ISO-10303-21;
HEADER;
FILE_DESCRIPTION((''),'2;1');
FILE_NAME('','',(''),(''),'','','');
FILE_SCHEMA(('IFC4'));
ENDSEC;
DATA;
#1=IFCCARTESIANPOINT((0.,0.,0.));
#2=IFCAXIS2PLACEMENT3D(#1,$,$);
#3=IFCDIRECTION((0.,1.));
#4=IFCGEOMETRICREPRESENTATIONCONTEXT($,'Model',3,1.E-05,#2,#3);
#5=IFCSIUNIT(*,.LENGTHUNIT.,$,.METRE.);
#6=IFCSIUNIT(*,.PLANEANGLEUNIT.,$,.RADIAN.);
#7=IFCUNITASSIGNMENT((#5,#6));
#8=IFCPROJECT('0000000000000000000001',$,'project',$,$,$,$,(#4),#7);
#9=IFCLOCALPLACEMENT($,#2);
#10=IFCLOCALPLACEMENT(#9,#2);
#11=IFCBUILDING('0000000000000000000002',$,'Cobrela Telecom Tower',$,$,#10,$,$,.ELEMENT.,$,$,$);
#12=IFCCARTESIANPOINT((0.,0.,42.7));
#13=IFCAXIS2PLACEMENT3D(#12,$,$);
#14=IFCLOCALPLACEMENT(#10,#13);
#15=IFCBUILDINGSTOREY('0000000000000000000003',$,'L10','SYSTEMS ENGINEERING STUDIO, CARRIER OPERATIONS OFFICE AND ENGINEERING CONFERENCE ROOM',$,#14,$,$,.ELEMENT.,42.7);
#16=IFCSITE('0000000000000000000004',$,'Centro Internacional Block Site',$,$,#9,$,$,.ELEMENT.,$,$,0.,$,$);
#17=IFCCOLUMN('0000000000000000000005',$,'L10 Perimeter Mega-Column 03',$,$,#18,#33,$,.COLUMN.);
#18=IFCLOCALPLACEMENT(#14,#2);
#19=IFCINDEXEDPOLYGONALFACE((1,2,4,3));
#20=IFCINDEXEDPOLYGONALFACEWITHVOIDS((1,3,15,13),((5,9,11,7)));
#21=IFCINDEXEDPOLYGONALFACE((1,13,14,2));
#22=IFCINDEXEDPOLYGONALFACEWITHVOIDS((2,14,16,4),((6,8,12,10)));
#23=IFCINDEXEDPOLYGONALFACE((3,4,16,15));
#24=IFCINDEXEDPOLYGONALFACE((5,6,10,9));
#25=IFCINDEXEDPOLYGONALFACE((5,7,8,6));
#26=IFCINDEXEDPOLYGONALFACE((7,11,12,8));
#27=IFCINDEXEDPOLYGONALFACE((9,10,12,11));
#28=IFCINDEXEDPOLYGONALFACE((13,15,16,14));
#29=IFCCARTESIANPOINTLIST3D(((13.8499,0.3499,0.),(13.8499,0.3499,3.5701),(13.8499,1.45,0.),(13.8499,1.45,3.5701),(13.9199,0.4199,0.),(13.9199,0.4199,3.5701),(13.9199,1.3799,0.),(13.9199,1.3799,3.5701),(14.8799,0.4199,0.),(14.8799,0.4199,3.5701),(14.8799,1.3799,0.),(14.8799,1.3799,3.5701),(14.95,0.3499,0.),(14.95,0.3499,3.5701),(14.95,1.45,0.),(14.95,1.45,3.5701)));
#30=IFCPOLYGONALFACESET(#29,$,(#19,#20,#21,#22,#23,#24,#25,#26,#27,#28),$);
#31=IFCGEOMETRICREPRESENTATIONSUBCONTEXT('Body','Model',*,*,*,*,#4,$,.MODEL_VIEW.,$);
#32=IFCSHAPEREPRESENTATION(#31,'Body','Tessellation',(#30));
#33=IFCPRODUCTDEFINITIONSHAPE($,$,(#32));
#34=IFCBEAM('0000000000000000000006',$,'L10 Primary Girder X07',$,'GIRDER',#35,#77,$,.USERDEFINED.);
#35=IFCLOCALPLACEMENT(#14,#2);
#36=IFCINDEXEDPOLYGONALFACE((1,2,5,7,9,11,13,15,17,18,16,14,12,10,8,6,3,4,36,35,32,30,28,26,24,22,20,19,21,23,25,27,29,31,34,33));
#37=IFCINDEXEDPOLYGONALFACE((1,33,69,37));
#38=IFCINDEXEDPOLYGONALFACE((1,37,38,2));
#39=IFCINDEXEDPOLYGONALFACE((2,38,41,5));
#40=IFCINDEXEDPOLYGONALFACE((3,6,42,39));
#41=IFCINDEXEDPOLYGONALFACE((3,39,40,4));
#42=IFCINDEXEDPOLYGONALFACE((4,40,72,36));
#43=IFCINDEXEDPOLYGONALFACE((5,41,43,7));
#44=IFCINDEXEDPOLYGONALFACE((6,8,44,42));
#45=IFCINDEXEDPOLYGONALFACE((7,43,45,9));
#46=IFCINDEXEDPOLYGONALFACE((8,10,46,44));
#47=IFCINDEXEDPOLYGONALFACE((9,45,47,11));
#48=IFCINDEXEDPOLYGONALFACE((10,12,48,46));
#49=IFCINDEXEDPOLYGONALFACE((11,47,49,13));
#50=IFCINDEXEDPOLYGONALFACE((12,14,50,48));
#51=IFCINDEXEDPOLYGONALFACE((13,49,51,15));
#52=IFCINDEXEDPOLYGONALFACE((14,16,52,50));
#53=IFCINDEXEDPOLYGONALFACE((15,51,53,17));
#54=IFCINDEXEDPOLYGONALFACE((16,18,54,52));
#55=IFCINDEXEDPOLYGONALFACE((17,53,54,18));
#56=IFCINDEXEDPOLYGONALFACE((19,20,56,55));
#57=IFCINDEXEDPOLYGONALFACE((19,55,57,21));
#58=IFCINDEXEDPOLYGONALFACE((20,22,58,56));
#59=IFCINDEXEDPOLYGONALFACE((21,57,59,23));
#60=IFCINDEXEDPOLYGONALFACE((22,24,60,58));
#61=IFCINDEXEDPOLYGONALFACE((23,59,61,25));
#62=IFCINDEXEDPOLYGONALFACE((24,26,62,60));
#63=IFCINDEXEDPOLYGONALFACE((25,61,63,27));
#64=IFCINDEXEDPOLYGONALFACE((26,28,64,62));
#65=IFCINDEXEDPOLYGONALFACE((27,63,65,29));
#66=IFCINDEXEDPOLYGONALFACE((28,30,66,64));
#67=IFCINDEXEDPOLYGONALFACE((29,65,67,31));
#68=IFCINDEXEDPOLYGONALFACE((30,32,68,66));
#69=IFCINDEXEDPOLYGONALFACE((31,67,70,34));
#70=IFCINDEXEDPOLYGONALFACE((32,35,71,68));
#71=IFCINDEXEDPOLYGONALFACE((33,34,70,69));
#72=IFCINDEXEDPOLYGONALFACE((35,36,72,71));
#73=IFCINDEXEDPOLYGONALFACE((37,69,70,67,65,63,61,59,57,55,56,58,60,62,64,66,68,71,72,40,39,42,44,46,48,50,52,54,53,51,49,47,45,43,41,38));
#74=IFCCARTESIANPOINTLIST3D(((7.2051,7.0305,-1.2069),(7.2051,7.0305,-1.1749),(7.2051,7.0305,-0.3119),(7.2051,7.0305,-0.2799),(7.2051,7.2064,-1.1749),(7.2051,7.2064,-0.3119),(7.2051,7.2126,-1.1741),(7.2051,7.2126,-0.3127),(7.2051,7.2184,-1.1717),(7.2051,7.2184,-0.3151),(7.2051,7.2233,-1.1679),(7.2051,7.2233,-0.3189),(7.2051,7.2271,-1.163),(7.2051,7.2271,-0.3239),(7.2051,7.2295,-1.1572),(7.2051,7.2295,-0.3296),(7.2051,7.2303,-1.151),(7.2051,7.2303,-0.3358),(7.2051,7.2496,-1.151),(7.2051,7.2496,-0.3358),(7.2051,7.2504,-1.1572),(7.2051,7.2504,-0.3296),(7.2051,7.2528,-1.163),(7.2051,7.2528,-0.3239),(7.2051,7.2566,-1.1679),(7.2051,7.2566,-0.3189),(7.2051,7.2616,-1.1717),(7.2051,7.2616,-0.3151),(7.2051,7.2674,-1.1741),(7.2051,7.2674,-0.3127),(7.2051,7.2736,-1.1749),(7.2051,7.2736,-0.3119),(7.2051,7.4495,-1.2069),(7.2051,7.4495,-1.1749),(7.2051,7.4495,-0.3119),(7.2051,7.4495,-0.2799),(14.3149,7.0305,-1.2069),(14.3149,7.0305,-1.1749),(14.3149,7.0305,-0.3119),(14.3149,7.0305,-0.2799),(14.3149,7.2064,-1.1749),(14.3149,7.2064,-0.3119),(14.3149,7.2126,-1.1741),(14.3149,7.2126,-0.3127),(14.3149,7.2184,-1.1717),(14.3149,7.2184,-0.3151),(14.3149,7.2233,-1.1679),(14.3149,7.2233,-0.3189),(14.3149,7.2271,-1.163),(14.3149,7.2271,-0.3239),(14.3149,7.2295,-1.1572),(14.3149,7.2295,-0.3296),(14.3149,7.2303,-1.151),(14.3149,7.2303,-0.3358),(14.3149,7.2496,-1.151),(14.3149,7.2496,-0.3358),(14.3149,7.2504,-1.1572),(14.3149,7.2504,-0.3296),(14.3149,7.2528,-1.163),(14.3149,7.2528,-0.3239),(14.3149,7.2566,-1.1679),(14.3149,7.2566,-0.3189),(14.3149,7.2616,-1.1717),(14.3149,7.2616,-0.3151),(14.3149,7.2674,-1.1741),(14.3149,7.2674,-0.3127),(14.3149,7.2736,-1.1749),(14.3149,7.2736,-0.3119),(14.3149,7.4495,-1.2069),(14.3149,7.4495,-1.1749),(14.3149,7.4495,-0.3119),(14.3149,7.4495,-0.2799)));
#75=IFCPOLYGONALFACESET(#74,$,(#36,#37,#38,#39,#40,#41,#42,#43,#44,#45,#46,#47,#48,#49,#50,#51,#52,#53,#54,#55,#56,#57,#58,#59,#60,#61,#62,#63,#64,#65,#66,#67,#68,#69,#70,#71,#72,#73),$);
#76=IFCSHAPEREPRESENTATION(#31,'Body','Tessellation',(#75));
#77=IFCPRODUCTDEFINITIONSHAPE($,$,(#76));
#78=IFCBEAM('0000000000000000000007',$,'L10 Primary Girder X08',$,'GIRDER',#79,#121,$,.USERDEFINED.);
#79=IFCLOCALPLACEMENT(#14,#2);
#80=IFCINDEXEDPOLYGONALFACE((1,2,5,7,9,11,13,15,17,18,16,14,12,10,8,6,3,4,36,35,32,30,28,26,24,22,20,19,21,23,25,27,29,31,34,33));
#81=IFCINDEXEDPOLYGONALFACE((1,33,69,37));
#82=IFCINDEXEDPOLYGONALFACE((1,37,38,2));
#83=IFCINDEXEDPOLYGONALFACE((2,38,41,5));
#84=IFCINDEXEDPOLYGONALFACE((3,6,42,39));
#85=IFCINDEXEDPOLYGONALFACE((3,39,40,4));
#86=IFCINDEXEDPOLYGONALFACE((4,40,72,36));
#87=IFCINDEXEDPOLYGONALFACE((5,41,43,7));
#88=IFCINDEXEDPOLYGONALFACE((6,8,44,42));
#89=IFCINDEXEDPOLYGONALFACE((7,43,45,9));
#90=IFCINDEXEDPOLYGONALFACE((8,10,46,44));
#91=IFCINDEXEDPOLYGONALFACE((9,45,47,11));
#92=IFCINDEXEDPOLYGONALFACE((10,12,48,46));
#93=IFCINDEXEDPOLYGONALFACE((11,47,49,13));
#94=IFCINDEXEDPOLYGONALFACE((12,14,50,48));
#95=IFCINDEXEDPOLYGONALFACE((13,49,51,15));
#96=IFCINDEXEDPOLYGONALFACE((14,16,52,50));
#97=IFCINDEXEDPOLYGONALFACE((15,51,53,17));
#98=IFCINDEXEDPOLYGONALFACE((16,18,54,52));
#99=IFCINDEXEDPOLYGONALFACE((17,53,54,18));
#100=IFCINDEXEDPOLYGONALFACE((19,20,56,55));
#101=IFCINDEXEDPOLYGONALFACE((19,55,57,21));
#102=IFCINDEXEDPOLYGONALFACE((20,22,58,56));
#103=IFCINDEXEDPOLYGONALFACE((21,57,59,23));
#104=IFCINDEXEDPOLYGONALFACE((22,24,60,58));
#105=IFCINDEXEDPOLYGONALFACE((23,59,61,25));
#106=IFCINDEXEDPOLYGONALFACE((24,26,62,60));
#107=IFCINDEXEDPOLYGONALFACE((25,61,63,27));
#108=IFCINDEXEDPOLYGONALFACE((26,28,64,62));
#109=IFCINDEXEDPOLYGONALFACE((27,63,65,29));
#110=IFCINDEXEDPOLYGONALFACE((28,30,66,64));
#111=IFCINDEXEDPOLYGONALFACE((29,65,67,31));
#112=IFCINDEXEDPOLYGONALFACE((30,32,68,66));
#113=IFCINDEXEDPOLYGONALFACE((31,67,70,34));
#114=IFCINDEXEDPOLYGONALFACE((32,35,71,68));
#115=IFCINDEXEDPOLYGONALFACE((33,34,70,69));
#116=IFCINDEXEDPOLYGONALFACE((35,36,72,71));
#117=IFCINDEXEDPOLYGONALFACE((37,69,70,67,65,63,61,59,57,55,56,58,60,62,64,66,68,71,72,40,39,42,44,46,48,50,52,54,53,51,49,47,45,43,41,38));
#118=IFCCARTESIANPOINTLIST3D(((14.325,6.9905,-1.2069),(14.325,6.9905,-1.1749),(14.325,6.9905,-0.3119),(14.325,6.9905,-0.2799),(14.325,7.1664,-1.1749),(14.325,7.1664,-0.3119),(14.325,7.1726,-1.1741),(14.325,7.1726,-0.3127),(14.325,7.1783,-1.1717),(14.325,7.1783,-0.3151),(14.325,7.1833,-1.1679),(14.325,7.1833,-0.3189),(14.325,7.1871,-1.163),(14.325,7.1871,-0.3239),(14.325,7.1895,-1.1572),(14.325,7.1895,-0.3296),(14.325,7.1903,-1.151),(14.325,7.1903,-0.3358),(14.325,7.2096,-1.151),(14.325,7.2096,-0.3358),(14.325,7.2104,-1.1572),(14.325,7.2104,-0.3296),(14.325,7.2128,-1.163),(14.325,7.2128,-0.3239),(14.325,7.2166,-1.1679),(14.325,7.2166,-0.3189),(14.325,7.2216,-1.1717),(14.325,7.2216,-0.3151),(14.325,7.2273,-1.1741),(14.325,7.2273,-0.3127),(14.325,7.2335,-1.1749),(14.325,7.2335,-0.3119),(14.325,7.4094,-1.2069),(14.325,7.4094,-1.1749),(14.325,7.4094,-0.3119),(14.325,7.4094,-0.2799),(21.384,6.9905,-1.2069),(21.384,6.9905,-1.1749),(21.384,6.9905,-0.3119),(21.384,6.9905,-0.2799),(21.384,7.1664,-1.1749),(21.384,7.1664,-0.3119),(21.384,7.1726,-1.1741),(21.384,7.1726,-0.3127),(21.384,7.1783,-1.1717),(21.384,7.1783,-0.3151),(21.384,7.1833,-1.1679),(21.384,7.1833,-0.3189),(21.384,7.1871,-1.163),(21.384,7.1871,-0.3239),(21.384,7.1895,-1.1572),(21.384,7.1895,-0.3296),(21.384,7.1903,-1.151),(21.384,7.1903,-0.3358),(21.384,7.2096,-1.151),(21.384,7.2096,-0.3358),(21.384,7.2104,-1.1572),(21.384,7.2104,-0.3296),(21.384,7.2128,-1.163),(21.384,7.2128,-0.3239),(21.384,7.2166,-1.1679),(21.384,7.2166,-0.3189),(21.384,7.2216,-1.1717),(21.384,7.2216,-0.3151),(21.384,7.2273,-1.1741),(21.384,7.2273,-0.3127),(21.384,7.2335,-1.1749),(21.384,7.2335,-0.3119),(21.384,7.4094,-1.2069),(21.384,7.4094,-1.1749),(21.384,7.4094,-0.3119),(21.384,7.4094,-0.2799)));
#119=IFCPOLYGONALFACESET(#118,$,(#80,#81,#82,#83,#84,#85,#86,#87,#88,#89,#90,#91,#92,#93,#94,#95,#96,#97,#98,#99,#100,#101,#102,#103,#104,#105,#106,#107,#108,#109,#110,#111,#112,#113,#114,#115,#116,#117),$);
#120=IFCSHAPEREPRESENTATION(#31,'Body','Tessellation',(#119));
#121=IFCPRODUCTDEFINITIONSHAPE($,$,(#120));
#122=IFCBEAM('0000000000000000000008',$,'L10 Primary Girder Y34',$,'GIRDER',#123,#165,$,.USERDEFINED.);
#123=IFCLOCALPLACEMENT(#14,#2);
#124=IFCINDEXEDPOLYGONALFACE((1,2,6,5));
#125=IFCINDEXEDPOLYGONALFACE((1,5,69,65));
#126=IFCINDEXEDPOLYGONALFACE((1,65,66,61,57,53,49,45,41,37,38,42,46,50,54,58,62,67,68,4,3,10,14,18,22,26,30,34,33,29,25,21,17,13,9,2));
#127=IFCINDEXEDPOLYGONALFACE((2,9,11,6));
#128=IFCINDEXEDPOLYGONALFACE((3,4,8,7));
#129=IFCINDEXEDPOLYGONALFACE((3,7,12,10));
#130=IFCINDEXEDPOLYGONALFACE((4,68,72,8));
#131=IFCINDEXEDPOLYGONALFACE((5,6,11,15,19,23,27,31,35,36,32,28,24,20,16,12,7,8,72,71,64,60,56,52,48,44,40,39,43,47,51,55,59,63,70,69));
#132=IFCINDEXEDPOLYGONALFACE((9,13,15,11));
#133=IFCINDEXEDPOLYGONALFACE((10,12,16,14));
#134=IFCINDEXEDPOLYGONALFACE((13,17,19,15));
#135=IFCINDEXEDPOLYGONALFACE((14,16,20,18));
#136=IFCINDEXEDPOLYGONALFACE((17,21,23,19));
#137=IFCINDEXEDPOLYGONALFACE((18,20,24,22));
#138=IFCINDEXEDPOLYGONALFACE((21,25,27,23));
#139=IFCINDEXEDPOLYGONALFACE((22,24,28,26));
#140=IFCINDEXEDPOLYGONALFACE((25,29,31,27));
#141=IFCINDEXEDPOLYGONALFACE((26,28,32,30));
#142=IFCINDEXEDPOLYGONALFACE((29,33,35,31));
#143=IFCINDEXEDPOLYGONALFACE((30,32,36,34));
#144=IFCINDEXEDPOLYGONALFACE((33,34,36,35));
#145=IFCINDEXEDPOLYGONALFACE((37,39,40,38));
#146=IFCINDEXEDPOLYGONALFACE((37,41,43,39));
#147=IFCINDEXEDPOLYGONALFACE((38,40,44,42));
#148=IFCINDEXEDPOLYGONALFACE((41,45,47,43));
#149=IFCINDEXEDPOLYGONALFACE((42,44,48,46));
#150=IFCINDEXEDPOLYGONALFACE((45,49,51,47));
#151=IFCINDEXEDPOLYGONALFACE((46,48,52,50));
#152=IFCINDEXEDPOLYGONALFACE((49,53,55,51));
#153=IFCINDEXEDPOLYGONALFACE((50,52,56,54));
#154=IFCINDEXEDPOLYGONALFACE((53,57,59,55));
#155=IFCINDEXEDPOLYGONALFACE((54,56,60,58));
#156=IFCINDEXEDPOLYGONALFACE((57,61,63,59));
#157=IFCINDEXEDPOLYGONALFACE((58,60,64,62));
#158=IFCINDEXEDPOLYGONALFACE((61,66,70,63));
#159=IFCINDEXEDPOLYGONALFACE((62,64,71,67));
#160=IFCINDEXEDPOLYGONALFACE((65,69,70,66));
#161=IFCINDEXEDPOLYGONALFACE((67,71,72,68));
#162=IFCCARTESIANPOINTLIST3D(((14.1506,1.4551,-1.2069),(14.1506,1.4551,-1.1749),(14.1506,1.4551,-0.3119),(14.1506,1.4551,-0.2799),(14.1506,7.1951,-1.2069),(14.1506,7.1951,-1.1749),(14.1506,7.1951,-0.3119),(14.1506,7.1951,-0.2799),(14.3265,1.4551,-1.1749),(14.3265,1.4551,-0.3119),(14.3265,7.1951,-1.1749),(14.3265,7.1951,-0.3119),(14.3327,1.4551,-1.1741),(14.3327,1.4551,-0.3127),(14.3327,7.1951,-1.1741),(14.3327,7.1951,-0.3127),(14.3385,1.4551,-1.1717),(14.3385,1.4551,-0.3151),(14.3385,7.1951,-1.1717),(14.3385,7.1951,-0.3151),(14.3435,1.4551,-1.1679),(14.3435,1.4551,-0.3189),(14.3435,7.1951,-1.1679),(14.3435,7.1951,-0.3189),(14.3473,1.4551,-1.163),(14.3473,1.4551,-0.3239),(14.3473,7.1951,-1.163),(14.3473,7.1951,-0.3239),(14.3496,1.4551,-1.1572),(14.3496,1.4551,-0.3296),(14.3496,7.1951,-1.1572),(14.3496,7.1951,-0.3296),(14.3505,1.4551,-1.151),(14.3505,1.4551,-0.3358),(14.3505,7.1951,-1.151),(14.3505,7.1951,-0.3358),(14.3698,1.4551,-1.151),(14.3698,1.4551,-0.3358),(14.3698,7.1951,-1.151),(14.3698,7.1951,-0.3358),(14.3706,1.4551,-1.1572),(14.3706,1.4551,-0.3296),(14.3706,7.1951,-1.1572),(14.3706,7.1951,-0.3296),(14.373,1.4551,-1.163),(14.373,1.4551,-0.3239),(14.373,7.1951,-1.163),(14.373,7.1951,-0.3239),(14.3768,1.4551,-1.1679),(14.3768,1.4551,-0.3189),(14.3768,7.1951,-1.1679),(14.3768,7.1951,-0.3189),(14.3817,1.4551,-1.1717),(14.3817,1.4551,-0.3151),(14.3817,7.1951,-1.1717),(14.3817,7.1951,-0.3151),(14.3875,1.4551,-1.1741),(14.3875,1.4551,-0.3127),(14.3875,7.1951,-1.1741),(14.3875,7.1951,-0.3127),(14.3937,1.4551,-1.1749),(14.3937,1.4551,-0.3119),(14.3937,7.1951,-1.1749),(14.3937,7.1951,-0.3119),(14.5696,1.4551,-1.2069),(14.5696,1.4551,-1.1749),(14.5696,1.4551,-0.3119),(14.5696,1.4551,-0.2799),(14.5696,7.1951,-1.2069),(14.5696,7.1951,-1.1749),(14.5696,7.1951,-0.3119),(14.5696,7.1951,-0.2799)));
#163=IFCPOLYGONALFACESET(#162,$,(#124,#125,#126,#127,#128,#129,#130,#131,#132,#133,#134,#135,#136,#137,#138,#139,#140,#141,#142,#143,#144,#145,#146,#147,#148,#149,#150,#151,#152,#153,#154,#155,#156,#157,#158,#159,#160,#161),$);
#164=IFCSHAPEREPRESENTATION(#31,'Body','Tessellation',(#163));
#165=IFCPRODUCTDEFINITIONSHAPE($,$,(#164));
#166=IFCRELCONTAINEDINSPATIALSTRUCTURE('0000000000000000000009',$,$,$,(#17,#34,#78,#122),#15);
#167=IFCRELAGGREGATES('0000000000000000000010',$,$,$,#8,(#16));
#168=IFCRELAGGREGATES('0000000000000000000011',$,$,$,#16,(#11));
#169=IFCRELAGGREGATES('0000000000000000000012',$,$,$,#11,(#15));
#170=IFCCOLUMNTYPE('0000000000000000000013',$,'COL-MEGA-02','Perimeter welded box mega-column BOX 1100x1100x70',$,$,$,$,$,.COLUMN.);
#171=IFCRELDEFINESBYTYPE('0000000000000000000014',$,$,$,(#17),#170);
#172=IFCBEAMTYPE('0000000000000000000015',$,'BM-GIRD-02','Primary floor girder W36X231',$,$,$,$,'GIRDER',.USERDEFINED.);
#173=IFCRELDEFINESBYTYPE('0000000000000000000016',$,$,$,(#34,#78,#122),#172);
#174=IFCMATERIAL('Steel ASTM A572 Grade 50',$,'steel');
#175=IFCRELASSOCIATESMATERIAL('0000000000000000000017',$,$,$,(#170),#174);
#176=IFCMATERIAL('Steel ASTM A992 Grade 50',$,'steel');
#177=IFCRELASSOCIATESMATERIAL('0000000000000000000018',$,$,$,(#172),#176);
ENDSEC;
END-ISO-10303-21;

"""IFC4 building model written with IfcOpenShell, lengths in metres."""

from ifc_helpers import new_model, si_unit, direction, frame, origin, origin_2d, place, context, subcontext, project, spatial, hollow_rectangle, i_section, extrude, material, material_profile, profile_set, type_object, element, save


model = new_model("IFC4")

# Units and contexts
model_context = context("Model", 3, precision=1e-05, world=origin(), true_north=direction((0.0, 1.0)))
body_context = subcontext(model_context, "Body", "Model", "MODEL_VIEW")
ifc_project = project(units=[si_unit("LENGTHUNIT", "METRE"), si_unit("PLANEANGLEUNIT", "RADIAN")], contexts=[model_context])

# Site, building, storey
site_placement = place(None, origin())
site = spatial("IfcSite", under=ifc_project, at=site_placement, Name="Centro Internacional Block Site", CompositionType="ELEMENT", RefElevation=0.0)
building_placement = place(site_placement, origin())
building = spatial("IfcBuilding", under=site, at=building_placement, Name="Cobrela Telecom Tower", CompositionType="ELEMENT")
storey_placement = place(building_placement, frame((0.0, 0.0, 42.7)))
storey = spatial("IfcBuildingStorey", under=building, at=storey_placement, Name="L10", Description="SYSTEMS ENGINEERING STUDIO, CARRIER OPERATIONS OFFICE AND ENGINEERING CONFERENCE ROOM", CompositionType="ELEMENT", Elevation=42.7)

# Column
ifc_material_1 = material(Name="Steel ASTM A572 Grade 50", Category="steel")
ifc_material_profile_1 = material_profile(ifc_material_1, hollow_rectangle(XDim=1.1001, YDim=1.1001, WallThickness=0.0701, at=origin_2d()), Name="BOX 1100x1100x70")
ifc_profile_set_1 = profile_set([ifc_material_profile_1], Name="Steel ASTM A572 Grade 50")
column_type = type_object("IfcColumnType", Name="COL-MEGA-02", Description="Perimeter welded box mega-column BOX 1100x1100x70", PredefinedType="COLUMN", material=ifc_profile_set_1)
column_placement = place(storey_placement, frame((14.3999, 0.8999, 0.0), z_axis=(0.0, 0.0, 1.0), x_axis=(1.0, 0.0, 0.0)))
element("IfcColumn", 1, at=column_placement, inside=storey, type_object=column_type, Name="L10 Perimeter Mega-Column 03", PredefinedType="COLUMN", context=body_context, shape_type="SweptSolid", body=[
    extrude(hollow_rectangle(XDim=1.1001, YDim=1.1001, WallThickness=0.0701, at=origin_2d()), origin(), (0.0, 0.0, 1.0), 3.5701),
])

# Beams
ifc_material_2 = material(Name="Steel ASTM A992 Grade 50", Category="steel")
ifc_material_profile_2 = material_profile(ifc_material_2, i_section(OverallWidth=0.4189, OverallDepth=0.927, WebThickness=0.0193, FlangeThickness=0.032, FilletRadius=0.0239, at=origin_2d()), Name="W36X231")
ifc_profile_set_2 = profile_set([ifc_material_profile_2], Name="Steel ASTM A992 Grade 50")
beam_type_1 = type_object("IfcBeamType", Name="BM-GIRD-02", Description="Primary floor girder W36X231", ElementType="GIRDER", PredefinedType="USERDEFINED", material=ifc_profile_set_2)
beam_1_placement = place(storey_placement, frame((7.2051, 7.24, -0.7434), z_axis=(1.0, 0.0, 0.0), x_axis=(0.0, 1.0, 0.0)))
element("IfcBeam", 2, at=beam_1_placement, inside=storey, type_object=beam_type_1, Name="L10 Primary Girder X07", ObjectType="GIRDER", PredefinedType="USERDEFINED", context=body_context, shape_type="SweptSolid", body=[
    extrude(i_section(OverallWidth=0.4189, OverallDepth=0.927, WebThickness=0.0193, FlangeThickness=0.032, FilletRadius=0.0239, at=origin_2d()), origin(), (0.0, 0.0, 1.0), 7.1099),
])
beam_2_placement = place(storey_placement, frame((14.325, 7.2, -0.7434), z_axis=(1.0, 0.0, 0.0), x_axis=(0.0, 1.0, 0.0)))
element("IfcBeam", 3, at=beam_2_placement, inside=storey, type_object=beam_type_1, Name="L10 Primary Girder X08", ObjectType="GIRDER", PredefinedType="USERDEFINED", context=body_context, shape_type="SweptSolid", body=[
    extrude(i_section(OverallWidth=0.4189, OverallDepth=0.927, WebThickness=0.0193, FlangeThickness=0.032, FilletRadius=0.0239, at=origin_2d()), origin(), (0.0, 0.0, 1.0), 7.0591),
])
beam_3_placement = place(storey_placement, frame((14.3601, 1.4551, -0.7434), z_axis=(0.0, 1.0, 0.0), x_axis=(-1.0, 0.0, 0.0)))
element("IfcBeam", 4, at=beam_3_placement, inside=storey, type_object=beam_type_1, Name="L10 Primary Girder Y34", ObjectType="GIRDER", PredefinedType="USERDEFINED", context=body_context, shape_type="SweptSolid", body=[
    extrude(i_section(OverallWidth=0.4189, OverallDepth=0.927, WebThickness=0.0193, FlangeThickness=0.032, FilletRadius=0.0239, at=origin_2d()), origin(), (0.0, 0.0, 1.0), 5.74),
])

save(model, "model.ifc")
